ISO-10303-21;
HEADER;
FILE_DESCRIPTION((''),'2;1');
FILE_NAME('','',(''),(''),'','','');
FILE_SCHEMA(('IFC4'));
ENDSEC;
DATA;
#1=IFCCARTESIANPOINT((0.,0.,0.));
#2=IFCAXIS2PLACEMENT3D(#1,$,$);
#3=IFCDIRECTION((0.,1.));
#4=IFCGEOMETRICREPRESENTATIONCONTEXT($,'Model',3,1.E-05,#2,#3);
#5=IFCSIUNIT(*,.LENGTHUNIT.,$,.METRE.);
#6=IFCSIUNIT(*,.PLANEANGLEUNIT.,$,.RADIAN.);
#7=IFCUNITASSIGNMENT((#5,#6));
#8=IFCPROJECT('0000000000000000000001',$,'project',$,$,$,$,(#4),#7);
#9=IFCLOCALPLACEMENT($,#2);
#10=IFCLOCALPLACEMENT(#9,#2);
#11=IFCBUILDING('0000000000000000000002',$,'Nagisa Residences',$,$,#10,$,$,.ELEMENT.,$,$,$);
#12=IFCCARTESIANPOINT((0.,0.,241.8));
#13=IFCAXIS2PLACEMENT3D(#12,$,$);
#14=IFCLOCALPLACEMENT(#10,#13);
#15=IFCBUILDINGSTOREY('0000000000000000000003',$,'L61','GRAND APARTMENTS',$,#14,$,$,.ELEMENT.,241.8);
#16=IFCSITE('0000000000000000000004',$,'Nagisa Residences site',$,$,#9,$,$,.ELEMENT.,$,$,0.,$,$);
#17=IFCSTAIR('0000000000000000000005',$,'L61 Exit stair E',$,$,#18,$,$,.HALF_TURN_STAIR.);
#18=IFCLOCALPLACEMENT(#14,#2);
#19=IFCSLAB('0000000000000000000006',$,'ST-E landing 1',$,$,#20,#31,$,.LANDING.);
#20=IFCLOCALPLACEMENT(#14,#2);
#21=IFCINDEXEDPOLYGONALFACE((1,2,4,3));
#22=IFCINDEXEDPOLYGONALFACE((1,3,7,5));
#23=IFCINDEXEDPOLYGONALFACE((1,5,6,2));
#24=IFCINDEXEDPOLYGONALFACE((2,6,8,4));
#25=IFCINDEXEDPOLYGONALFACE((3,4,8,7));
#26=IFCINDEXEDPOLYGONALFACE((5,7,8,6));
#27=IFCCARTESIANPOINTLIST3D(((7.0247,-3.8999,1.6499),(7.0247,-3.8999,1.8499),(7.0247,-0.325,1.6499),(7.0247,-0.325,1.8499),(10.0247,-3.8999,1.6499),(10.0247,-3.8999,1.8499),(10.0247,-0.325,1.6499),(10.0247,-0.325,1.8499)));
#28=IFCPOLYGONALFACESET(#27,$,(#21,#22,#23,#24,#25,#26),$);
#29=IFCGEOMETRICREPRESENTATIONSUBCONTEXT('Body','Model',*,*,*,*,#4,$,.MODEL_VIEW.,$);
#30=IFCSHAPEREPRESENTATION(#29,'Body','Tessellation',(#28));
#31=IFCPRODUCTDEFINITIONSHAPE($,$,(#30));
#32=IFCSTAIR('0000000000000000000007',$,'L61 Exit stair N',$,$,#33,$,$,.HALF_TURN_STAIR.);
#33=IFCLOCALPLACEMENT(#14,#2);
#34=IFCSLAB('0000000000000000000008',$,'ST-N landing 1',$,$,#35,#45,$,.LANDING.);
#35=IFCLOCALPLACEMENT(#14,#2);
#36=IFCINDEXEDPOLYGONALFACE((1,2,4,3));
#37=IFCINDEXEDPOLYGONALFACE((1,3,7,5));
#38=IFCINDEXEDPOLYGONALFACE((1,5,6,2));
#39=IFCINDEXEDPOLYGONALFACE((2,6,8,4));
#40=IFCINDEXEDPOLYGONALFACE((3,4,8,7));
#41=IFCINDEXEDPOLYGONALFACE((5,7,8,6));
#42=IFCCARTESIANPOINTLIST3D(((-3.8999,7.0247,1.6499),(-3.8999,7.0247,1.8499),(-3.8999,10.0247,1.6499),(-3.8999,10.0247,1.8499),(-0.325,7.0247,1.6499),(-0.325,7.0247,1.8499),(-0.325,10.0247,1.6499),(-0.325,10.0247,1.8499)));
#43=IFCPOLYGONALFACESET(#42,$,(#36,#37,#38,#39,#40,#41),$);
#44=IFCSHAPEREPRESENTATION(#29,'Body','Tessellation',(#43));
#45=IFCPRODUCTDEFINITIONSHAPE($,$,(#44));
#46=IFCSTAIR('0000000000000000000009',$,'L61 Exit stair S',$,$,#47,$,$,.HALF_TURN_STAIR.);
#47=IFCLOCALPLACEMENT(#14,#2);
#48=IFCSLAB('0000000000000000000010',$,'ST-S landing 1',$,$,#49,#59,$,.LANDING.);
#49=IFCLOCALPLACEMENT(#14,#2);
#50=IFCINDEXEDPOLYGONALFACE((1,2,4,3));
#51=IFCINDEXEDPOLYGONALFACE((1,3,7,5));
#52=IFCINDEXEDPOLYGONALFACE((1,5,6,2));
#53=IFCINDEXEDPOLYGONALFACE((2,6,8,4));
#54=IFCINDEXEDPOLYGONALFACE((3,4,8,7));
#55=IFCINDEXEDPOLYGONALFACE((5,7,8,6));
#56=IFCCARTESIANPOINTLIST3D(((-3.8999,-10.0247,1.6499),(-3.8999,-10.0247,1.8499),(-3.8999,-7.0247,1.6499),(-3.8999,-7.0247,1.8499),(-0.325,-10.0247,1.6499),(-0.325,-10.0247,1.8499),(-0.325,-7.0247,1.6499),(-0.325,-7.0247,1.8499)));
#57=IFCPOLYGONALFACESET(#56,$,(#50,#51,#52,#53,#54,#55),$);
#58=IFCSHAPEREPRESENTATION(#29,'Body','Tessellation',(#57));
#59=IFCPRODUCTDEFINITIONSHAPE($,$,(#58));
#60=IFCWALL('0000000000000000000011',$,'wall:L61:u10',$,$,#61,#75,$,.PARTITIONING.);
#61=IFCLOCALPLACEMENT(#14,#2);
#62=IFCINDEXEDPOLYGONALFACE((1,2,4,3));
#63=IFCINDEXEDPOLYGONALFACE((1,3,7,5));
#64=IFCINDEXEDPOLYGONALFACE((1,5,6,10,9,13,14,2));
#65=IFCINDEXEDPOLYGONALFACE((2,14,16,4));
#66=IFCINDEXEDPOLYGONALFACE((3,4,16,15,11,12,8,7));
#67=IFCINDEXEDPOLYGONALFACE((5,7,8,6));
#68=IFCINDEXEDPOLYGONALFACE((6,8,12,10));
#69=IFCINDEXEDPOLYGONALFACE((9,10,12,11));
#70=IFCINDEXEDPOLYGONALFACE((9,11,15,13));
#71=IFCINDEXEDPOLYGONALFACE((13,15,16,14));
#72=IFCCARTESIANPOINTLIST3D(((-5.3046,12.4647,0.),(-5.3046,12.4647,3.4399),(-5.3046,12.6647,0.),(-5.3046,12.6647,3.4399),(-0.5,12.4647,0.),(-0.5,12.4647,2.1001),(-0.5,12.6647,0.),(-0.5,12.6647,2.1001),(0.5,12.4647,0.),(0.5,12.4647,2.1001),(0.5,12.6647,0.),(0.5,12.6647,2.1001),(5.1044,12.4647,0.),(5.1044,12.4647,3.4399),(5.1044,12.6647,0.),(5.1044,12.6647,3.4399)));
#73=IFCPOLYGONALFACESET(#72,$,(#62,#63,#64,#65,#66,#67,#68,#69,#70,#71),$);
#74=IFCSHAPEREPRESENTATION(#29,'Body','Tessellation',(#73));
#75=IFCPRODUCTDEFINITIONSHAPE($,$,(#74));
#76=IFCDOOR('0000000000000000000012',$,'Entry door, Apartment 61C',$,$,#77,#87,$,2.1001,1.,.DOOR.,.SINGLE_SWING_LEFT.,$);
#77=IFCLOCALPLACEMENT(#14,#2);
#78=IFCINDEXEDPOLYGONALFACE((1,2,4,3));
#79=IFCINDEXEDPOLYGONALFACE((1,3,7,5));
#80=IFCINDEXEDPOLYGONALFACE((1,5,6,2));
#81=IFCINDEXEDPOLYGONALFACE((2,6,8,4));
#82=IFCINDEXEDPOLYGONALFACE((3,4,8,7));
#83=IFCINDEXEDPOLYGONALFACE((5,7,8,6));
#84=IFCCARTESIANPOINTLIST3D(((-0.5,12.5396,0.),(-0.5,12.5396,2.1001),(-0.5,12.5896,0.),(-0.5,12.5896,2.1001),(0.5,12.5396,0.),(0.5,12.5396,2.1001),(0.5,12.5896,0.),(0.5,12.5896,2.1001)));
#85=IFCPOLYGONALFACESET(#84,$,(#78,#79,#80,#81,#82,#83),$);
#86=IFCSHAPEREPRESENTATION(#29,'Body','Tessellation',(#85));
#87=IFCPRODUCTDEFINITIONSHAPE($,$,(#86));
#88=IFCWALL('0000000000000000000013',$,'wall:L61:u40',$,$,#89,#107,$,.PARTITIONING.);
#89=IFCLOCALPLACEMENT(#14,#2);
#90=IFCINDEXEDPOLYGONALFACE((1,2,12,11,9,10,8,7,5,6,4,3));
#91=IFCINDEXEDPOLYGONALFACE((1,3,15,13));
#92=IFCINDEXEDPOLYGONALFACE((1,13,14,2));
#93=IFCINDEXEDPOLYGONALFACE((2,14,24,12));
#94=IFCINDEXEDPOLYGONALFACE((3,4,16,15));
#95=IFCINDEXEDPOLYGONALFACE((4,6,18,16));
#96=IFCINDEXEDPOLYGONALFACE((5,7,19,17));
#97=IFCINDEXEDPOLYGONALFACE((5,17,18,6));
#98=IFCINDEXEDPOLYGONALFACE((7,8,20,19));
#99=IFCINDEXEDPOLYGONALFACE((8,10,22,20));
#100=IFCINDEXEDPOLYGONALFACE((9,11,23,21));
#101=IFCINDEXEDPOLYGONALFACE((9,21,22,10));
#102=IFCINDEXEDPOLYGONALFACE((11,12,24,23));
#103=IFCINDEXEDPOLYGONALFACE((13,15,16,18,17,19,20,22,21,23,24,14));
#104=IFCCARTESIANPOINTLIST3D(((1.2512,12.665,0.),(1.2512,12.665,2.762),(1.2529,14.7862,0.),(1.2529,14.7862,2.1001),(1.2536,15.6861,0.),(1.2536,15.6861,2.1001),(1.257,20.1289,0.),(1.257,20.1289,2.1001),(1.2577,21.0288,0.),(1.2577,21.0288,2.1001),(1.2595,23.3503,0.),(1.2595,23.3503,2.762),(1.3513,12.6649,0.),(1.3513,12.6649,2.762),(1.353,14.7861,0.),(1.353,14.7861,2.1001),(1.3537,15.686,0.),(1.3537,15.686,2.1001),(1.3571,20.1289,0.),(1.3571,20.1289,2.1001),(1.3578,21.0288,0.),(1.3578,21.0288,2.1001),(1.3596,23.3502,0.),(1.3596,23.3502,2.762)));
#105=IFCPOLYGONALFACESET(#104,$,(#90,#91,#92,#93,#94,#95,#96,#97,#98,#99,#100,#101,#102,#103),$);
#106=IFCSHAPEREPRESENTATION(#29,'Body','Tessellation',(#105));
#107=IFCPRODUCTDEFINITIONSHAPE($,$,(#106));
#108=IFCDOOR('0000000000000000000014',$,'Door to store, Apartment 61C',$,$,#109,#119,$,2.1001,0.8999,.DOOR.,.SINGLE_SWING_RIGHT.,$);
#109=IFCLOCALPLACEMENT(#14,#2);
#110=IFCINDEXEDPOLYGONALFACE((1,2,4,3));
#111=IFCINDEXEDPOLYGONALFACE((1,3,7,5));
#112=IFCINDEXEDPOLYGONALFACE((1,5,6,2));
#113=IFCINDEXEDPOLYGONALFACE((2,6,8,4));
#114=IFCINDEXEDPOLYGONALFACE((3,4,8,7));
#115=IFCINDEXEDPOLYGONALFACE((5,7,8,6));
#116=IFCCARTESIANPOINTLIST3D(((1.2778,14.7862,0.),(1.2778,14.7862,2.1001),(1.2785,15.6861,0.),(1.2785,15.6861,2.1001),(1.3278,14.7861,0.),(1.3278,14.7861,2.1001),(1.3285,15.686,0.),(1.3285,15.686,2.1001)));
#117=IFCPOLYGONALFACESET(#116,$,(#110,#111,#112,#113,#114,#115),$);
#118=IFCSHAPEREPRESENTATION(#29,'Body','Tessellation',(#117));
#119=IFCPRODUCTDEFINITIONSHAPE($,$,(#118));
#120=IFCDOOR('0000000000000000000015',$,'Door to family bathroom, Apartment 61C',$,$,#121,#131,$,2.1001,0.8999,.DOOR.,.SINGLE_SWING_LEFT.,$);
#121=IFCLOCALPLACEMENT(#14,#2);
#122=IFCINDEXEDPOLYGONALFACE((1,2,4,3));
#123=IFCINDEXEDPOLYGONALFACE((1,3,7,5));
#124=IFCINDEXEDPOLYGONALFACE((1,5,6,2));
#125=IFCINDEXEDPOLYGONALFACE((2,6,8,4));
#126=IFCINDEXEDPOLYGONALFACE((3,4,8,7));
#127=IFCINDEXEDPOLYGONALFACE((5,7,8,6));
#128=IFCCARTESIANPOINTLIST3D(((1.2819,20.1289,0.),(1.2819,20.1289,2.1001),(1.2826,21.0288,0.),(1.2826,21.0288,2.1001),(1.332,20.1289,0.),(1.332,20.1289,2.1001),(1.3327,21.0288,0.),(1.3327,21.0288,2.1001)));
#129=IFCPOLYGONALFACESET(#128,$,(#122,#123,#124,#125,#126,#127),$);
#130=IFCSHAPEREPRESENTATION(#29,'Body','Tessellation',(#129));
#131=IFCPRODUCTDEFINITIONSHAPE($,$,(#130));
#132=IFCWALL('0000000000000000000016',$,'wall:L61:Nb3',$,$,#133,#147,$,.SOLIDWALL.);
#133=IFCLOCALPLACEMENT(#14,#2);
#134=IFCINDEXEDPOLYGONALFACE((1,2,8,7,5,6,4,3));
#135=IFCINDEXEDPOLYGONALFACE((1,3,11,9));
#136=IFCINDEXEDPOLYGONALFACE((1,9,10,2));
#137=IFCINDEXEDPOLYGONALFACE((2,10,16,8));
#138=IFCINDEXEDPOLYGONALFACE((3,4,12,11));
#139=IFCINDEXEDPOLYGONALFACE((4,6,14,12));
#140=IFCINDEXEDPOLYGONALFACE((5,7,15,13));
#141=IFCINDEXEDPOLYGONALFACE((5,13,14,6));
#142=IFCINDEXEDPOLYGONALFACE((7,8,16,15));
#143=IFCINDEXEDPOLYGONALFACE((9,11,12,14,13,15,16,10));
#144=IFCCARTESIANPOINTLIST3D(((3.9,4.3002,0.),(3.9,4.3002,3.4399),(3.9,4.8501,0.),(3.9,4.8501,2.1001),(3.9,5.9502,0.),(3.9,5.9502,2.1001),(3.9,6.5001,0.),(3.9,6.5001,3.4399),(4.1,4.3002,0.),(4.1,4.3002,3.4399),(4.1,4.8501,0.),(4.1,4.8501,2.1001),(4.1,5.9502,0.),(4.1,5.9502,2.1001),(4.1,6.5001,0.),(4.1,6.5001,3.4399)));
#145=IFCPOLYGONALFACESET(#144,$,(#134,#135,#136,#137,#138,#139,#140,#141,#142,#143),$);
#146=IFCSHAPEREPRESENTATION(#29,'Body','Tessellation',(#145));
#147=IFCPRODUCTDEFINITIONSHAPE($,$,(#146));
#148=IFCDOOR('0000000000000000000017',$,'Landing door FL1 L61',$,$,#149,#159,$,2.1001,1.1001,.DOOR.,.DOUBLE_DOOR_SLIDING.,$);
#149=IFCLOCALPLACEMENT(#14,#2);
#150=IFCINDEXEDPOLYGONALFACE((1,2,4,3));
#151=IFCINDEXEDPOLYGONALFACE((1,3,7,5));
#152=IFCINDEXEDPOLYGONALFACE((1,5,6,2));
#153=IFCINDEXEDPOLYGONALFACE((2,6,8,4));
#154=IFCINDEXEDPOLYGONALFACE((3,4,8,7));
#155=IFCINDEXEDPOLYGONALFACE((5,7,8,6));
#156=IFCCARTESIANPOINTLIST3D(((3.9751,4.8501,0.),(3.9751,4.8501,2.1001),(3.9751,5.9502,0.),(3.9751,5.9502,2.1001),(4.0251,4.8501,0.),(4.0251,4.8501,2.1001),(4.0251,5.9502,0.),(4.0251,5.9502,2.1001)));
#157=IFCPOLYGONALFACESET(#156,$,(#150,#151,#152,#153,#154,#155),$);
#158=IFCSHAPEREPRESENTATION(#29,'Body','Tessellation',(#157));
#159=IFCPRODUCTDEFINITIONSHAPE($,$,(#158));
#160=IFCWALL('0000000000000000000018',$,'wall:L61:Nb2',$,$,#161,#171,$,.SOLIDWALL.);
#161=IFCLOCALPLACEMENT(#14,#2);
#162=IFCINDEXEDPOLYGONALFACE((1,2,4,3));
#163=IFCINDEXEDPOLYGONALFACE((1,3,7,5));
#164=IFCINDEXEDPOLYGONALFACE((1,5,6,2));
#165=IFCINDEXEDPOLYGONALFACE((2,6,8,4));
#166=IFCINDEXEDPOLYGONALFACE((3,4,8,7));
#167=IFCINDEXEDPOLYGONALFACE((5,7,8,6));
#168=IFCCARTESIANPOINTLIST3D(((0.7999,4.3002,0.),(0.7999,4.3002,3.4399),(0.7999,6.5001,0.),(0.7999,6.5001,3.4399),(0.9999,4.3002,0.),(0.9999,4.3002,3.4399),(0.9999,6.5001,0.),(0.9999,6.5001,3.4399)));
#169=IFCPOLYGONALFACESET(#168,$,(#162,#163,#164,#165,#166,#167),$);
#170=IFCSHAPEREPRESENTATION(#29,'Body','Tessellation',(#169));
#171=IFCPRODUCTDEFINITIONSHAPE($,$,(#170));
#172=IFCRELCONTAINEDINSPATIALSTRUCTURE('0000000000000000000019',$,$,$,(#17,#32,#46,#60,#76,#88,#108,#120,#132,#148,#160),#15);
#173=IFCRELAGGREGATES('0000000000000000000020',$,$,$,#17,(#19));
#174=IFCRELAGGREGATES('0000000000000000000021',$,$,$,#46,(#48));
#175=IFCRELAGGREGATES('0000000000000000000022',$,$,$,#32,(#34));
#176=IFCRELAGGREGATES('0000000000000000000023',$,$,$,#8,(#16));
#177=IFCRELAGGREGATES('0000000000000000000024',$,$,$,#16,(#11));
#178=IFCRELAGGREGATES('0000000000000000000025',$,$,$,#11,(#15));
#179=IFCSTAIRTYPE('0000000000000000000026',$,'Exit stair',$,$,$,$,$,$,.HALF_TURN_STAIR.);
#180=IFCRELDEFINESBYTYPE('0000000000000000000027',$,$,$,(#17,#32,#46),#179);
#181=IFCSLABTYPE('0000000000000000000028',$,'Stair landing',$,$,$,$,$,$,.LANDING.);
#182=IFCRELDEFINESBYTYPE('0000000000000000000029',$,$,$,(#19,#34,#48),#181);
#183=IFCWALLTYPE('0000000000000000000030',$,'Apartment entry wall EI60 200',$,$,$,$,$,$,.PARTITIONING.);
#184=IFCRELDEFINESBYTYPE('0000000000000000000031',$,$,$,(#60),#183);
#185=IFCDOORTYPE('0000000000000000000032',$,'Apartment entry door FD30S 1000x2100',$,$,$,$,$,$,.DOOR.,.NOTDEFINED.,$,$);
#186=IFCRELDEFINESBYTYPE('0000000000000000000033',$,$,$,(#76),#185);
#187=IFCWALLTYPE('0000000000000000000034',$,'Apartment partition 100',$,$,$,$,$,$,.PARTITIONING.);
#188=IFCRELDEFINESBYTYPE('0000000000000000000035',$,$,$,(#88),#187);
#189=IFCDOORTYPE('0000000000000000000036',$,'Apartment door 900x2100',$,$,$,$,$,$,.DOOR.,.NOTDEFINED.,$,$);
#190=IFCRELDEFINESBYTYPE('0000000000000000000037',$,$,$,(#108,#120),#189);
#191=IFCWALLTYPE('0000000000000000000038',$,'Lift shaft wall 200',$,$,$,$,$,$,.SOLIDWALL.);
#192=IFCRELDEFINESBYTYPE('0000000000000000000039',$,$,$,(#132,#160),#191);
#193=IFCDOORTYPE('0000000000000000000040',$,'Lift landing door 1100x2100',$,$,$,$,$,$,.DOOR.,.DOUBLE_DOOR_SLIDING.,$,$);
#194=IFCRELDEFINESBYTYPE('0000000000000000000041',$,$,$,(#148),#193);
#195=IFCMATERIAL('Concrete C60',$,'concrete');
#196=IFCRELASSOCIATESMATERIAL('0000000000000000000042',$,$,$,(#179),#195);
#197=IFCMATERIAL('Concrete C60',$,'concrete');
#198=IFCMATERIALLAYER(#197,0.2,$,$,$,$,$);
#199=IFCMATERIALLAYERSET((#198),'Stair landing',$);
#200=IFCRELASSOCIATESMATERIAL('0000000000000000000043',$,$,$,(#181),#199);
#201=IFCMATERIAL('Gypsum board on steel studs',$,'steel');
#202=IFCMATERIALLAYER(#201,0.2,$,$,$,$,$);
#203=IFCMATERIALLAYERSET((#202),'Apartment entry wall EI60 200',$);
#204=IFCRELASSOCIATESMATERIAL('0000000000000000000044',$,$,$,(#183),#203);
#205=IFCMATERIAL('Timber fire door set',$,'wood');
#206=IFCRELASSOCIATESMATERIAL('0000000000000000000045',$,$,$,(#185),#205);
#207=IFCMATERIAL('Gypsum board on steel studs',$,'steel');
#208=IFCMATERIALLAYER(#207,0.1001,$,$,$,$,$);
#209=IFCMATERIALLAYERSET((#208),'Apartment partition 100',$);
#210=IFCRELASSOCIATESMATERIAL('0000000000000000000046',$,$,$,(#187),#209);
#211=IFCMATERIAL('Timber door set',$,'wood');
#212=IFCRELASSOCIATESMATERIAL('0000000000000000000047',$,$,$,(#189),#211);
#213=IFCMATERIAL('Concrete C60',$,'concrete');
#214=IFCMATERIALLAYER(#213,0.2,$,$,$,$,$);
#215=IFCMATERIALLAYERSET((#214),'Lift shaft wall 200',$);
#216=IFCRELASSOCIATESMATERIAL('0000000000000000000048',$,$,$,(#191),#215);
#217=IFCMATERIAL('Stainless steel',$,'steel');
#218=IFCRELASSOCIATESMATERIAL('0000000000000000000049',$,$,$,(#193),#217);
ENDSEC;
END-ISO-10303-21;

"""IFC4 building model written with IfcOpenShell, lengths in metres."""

from ifc_helpers import new_model, si_unit, direction, frame, frame_2d, origin, place, context, subcontext, project, spatial, polyline, rectangle, outline, extrude, material, layer, layer_set, type_object, element, fill, aggregate, save


model = new_model("IFC4")

# Units and contexts
model_context = context("Model", 3, precision=1e-05, world=origin(), true_north=direction((0.0, 1.0)))
body_context = subcontext(model_context, "Body", "Model", "MODEL_VIEW")
ifc_project = project(units=[si_unit("LENGTHUNIT", "METRE"), si_unit("PLANEANGLEUNIT", "RADIAN")], contexts=[model_context])

# Site, building, storey
site_placement = place(None, origin())
site = spatial("IfcSite", under=ifc_project, at=site_placement, Name="Nagisa Residences site", CompositionType="ELEMENT", RefElevation=0.0)
building_placement = place(site_placement, origin())
building = spatial("IfcBuilding", under=site, at=building_placement, Name="Nagisa Residences", CompositionType="ELEMENT")
storey_placement = place(building_placement, frame((0.0, 0.0, 241.8)))
storey = spatial("IfcBuildingStorey", under=building, at=storey_placement, Name="L61", Description="GRAND APARTMENTS", CompositionType="ELEMENT", Elevation=241.8)

# Stairs, slabs
ifc_material_1 = material(Name="Concrete C60", Category="concrete")
stair_type = type_object("IfcStairType", Name="Exit stair", PredefinedType="HALF_TURN_STAIR", material=ifc_material_1)
stair_1_placement = place(storey_placement, origin())
stair_1 = element("IfcStair", 1, at=stair_1_placement, inside=storey, type_object=stair_type, Name="L61 Exit stair E", PredefinedType="HALF_TURN_STAIR")
ifc_material_2 = material(Name="Concrete C60", Category="concrete")
ifc_layer_1 = layer(ifc_material_2, 0.2)
ifc_layer_set_1 = layer_set([ifc_layer_1], Name="Stair landing")
slab_type = type_object("IfcSlabType", Name="Stair landing", PredefinedType="LANDING", material=ifc_layer_set_1)
slab_1_placement = place(storey_placement, frame((0.0, 0.0, 1.6499)))
slab_1 = element("IfcSlab", 2, at=slab_1_placement, type_object=slab_type, Name="ST-E landing 1", PredefinedType="LANDING", context=body_context, shape_type="SweptSolid", body=[
    extrude(outline(polyline([(7.0247, -0.325), (7.0247, -3.8999), (10.0247, -3.8999), (10.0247, -0.325), (7.0247, -0.325)])), origin(), (0.0, 0.0, 1.0), 0.2),
])
aggregate(stair_1, [slab_1])
stair_2_placement = place(storey_placement, origin())
stair_2 = element("IfcStair", 3, at=stair_2_placement, inside=storey, type_object=stair_type, Name="L61 Exit stair N", PredefinedType="HALF_TURN_STAIR")
slab_2_placement = place(storey_placement, frame((0.0, 0.0, 1.6499)))
slab_2 = element("IfcSlab", 4, at=slab_2_placement, type_object=slab_type, Name="ST-N landing 1", PredefinedType="LANDING", context=body_context, shape_type="SweptSolid", body=[
    extrude(outline(polyline([(-0.325, 10.0247), (-3.8999, 10.0247), (-3.8999, 7.0247), (-0.325, 7.0247), (-0.325, 10.0247)])), origin(), (0.0, 0.0, 1.0), 0.2),
])
stair_3_placement = place(storey_placement, origin())
stair_3 = element("IfcStair", 5, at=stair_3_placement, inside=storey, type_object=stair_type, Name="L61 Exit stair S", PredefinedType="HALF_TURN_STAIR")
slab_3_placement = place(storey_placement, frame((0.0, 0.0, 1.6499)))
slab_3 = element("IfcSlab", 6, at=slab_3_placement, type_object=slab_type, Name="ST-S landing 1", PredefinedType="LANDING", context=body_context, shape_type="SweptSolid", body=[
    extrude(outline(polyline([(-0.325, -7.0247), (-3.8999, -7.0247), (-3.8999, -10.0247), (-0.325, -10.0247), (-0.325, -7.0247)])), origin(), (0.0, 0.0, 1.0), 0.2),
])
aggregate(stair_3, [slab_3])

# Wall, opening, door
ifc_material_3 = material(Name="Gypsum board on steel studs", Category="steel")
ifc_layer_2 = layer(ifc_material_3, 0.2)
ifc_layer_set_2 = layer_set([ifc_layer_2], Name="Apartment entry wall EI60 200")
wall_type_1 = type_object("IfcWallType", Name="Apartment entry wall EI60 200", PredefinedType="PARTITIONING", material=ifc_layer_set_2)
wall_1_placement = place(storey_placement, frame((5.1045, 12.5647, 0.0), z_axis=(0.0, 0.0, 1.0), x_axis=(-1.0, 0.0, 0.0)))
wall_1 = element("IfcWall", 7, at=wall_1_placement, inside=storey, type_object=wall_type_1, Name="wall:L61:u10", PredefinedType="PARTITIONING", context=body_context, shape_type="SweptSolid", body=[
    extrude(rectangle(XDim=10.4089, YDim=0.2, at=frame_2d((5.2046, 0.0))), origin(), (0.0, 0.0, 1.0), 3.4399),
])
opening_1_placement = place(wall_1_placement, frame((4.6045, 0.0, 0.0)))
opening_1 = element("IfcOpeningElement", 8, at=opening_1_placement, cuts=wall_1, PredefinedType="OPENING", context=body_context, shape_type="SweptSolid", body=[
    extrude(rectangle(XDim=1.0, YDim=2.1001, at=frame_2d((0.5, 1.05))), frame((0.0, 0.1099, 0.0), z_axis=(0.0, -1.0, 0.0), x_axis=(1.0, 0.0, 0.0)), (0.0, 0.0, 1.0), 0.22),
])
ifc_material_4 = material(Name="Timber fire door set", Category="wood")
door_type_1 = type_object("IfcDoorType", Name="Apartment entry door FD30S 1000x2100", OperationType="NOTDEFINED", PredefinedType="DOOR", material=ifc_material_4)
door_1_placement = place(opening_1_placement, frame((1.0, 0.0, 0.0), x_axis=(-1.0, 0.0, 0.0)))
door_1 = element("IfcDoor", 9, at=door_1_placement, inside=storey, type_object=door_type_1, Name="Entry door, Apartment 61C", OperationType="SINGLE_SWING_LEFT", OverallHeight=2.1001, OverallWidth=1.0, PredefinedType="DOOR", context=body_context, shape_type="SweptSolid", body=[
    extrude(rectangle(XDim=1.0, YDim=2.1001, at=frame_2d((0.5, 1.05))), frame((0.0, 0.0249, 0.0), z_axis=(0.0, -1.0, 0.0), x_axis=(1.0, 0.0, 0.0)), (0.0, 0.0, 1.0), 0.05),
])
fill(opening_1, door_1)

# Wall, openings, doors
ifc_material_5 = material(Name="Gypsum board on steel studs", Category="steel")
ifc_layer_3 = layer(ifc_material_5, 0.1001)
ifc_layer_set_3 = layer_set([ifc_layer_3], Name="Apartment partition 100")
wall_type_2 = type_object("IfcWallType", Name="Apartment partition 100", PredefinedType="PARTITIONING", material=ifc_layer_set_3)
wall_2_placement = place(storey_placement, frame((1.3013, 12.6648, 0.0), z_axis=(0.0, 0.0, 1.0), x_axis=(0.000777, 1.0, 0.0)))
wall_2 = element("IfcWall", 10, at=wall_2_placement, inside=storey, type_object=wall_type_2, Name="wall:L61:u40", PredefinedType="PARTITIONING", context=body_context, shape_type="SweptSolid", body=[
    extrude(rectangle(XDim=10.6853, YDim=0.1001, at=frame_2d((5.3428, 0.0))), origin(), (0.0, 0.0, 1.0), 2.762),
])
opening_2_placement = place(wall_2_placement, frame((2.1213, 0.0, 0.0)))
opening_2 = element("IfcOpeningElement", 11, at=opening_2_placement, cuts=wall_2, PredefinedType="OPENING", context=body_context, shape_type="SweptSolid", body=[
    extrude(rectangle(XDim=0.8999, YDim=2.1001, at=frame_2d((0.45, 1.05))), frame((0.0, 0.0601, 0.0), z_axis=(0.0, -1.0, 0.0), x_axis=(1.0, 0.0, 0.0)), (0.0, 0.0, 1.0), 0.1201),
])
opening_3_placement = place(wall_2_placement, frame((7.4641, 0.0, 0.0)))
opening_3 = element("IfcOpeningElement", 12, at=opening_3_placement, cuts=wall_2, PredefinedType="OPENING", context=body_context, shape_type="SweptSolid", body=[
    extrude(rectangle(XDim=0.8999, YDim=2.1001, at=frame_2d((0.45, 1.05))), frame((0.0, 0.0601, 0.0), z_axis=(0.0, -1.0, 0.0), x_axis=(1.0, 0.0, 0.0)), (0.0, 0.0, 1.0), 0.1201),
])
ifc_material_6 = material(Name="Timber door set", Category="wood")
door_type_2 = type_object("IfcDoorType", Name="Apartment door 900x2100", OperationType="NOTDEFINED", PredefinedType="DOOR", material=ifc_material_6)
door_2_placement = place(opening_2_placement, frame((0.8999, 0.0, 0.0), x_axis=(-1.0, 0.0, 0.0)))
door_2 = element("IfcDoor", 13, at=door_2_placement, inside=storey, type_object=door_type_2, Name="Door to store, Apartment 61C", OperationType="SINGLE_SWING_RIGHT", OverallHeight=2.1001, OverallWidth=0.8999, PredefinedType="DOOR", context=body_context, shape_type="SweptSolid", body=[
    extrude(rectangle(XDim=0.8999, YDim=2.1001, at=frame_2d((0.45, 1.05))), frame((0.0, 0.0249, 0.0), z_axis=(0.0, -1.0, 0.0), x_axis=(1.0, 0.0, 0.0)), (0.0, 0.0, 1.0), 0.05),
])
fill(opening_2, door_2)
door_3_placement = place(opening_3_placement, frame((0.8999, 0.0, 0.0), x_axis=(-1.0, 0.0, 0.0)))
door_3 = element("IfcDoor", 14, at=door_3_placement, inside=storey, type_object=door_type_2, Name="Door to family bathroom, Apartment 61C", OperationType="SINGLE_SWING_LEFT", OverallHeight=2.1001, OverallWidth=0.8999, PredefinedType="DOOR", context=body_context, shape_type="SweptSolid", body=[
    extrude(rectangle(XDim=0.8999, YDim=2.1001, at=frame_2d((0.45, 1.05))), frame((0.0, 0.0249, 0.0), z_axis=(0.0, -1.0, 0.0), x_axis=(1.0, 0.0, 0.0)), (0.0, 0.0, 1.0), 0.05),
])
fill(opening_3, door_3)

# Wall, opening, door
ifc_material_7 = material(Name="Concrete C60", Category="concrete")
ifc_layer_4 = layer(ifc_material_7, 0.2)
ifc_layer_set_4 = layer_set([ifc_layer_4], Name="Lift shaft wall 200")
wall_type_3 = type_object("IfcWallType", Name="Lift shaft wall 200", PredefinedType="SOLIDWALL", material=ifc_layer_set_4)
wall_3_placement = place(storey_placement, frame((4.0, 4.3, 0.0), z_axis=(0.0, 0.0, 1.0), x_axis=(0.0, 1.0, 0.0)))
wall_3 = element("IfcWall", 15, at=wall_3_placement, inside=storey, type_object=wall_type_3, Name="wall:L61:Nb3", PredefinedType="SOLIDWALL", context=body_context, shape_type="SweptSolid", body=[
    extrude(rectangle(XDim=2.2, YDim=0.2, at=frame_2d((1.1001, 0.0))), origin(), (0.0, 0.0, 1.0), 3.4399),
])
opening_4_placement = place(wall_3_placement, frame((0.55, 0.0, 0.0)))
opening_4 = element("IfcOpeningElement", 16, at=opening_4_placement, cuts=wall_3, PredefinedType="OPENING", context=body_context, shape_type="SweptSolid", body=[
    extrude(rectangle(XDim=1.1001, YDim=2.1001, at=frame_2d((0.55, 1.05))), frame((0.0, 0.1099, 0.0), z_axis=(0.0, -1.0, 0.0), x_axis=(1.0, 0.0, 0.0)), (0.0, 0.0, 1.0), 0.22),
])
ifc_material_8 = material(Name="Stainless steel", Category="steel")
door_type_3 = type_object("IfcDoorType", Name="Lift landing door 1100x2100", OperationType="DOUBLE_DOOR_SLIDING", PredefinedType="DOOR", material=ifc_material_8)
door_4_placement = place(opening_4_placement, origin())
door_4 = element("IfcDoor", 17, at=door_4_placement, inside=storey, type_object=door_type_3, Name="Landing door FL1 L61", OperationType="DOUBLE_DOOR_SLIDING", OverallHeight=2.1001, OverallWidth=1.1001, PredefinedType="DOOR", context=body_context, shape_type="SweptSolid", body=[
    extrude(rectangle(XDim=1.1001, YDim=2.1001, at=frame_2d((0.55, 1.05))), frame((0.0, 0.0249, 0.0), z_axis=(0.0, -1.0, 0.0), x_axis=(1.0, 0.0, 0.0)), (0.0, 0.0, 1.0), 0.05),
])
fill(opening_4, door_4)

# Wall
wall_4_placement = place(storey_placement, frame((0.8999, 4.3, 0.0), z_axis=(0.0, 0.0, 1.0), x_axis=(0.0, 1.0, 0.0)))
element("IfcWall", 18, at=wall_4_placement, inside=storey, type_object=wall_type_3, Name="wall:L61:Nb2", PredefinedType="SOLIDWALL", context=body_context, shape_type="SweptSolid", body=[
    extrude(rectangle(XDim=2.2, YDim=0.2, at=frame_2d((1.1001, 0.0))), origin(), (0.0, 0.0, 1.0), 3.4399),
])

aggregate(stair_2, [slab_2])

save(model, "model.ifc")
